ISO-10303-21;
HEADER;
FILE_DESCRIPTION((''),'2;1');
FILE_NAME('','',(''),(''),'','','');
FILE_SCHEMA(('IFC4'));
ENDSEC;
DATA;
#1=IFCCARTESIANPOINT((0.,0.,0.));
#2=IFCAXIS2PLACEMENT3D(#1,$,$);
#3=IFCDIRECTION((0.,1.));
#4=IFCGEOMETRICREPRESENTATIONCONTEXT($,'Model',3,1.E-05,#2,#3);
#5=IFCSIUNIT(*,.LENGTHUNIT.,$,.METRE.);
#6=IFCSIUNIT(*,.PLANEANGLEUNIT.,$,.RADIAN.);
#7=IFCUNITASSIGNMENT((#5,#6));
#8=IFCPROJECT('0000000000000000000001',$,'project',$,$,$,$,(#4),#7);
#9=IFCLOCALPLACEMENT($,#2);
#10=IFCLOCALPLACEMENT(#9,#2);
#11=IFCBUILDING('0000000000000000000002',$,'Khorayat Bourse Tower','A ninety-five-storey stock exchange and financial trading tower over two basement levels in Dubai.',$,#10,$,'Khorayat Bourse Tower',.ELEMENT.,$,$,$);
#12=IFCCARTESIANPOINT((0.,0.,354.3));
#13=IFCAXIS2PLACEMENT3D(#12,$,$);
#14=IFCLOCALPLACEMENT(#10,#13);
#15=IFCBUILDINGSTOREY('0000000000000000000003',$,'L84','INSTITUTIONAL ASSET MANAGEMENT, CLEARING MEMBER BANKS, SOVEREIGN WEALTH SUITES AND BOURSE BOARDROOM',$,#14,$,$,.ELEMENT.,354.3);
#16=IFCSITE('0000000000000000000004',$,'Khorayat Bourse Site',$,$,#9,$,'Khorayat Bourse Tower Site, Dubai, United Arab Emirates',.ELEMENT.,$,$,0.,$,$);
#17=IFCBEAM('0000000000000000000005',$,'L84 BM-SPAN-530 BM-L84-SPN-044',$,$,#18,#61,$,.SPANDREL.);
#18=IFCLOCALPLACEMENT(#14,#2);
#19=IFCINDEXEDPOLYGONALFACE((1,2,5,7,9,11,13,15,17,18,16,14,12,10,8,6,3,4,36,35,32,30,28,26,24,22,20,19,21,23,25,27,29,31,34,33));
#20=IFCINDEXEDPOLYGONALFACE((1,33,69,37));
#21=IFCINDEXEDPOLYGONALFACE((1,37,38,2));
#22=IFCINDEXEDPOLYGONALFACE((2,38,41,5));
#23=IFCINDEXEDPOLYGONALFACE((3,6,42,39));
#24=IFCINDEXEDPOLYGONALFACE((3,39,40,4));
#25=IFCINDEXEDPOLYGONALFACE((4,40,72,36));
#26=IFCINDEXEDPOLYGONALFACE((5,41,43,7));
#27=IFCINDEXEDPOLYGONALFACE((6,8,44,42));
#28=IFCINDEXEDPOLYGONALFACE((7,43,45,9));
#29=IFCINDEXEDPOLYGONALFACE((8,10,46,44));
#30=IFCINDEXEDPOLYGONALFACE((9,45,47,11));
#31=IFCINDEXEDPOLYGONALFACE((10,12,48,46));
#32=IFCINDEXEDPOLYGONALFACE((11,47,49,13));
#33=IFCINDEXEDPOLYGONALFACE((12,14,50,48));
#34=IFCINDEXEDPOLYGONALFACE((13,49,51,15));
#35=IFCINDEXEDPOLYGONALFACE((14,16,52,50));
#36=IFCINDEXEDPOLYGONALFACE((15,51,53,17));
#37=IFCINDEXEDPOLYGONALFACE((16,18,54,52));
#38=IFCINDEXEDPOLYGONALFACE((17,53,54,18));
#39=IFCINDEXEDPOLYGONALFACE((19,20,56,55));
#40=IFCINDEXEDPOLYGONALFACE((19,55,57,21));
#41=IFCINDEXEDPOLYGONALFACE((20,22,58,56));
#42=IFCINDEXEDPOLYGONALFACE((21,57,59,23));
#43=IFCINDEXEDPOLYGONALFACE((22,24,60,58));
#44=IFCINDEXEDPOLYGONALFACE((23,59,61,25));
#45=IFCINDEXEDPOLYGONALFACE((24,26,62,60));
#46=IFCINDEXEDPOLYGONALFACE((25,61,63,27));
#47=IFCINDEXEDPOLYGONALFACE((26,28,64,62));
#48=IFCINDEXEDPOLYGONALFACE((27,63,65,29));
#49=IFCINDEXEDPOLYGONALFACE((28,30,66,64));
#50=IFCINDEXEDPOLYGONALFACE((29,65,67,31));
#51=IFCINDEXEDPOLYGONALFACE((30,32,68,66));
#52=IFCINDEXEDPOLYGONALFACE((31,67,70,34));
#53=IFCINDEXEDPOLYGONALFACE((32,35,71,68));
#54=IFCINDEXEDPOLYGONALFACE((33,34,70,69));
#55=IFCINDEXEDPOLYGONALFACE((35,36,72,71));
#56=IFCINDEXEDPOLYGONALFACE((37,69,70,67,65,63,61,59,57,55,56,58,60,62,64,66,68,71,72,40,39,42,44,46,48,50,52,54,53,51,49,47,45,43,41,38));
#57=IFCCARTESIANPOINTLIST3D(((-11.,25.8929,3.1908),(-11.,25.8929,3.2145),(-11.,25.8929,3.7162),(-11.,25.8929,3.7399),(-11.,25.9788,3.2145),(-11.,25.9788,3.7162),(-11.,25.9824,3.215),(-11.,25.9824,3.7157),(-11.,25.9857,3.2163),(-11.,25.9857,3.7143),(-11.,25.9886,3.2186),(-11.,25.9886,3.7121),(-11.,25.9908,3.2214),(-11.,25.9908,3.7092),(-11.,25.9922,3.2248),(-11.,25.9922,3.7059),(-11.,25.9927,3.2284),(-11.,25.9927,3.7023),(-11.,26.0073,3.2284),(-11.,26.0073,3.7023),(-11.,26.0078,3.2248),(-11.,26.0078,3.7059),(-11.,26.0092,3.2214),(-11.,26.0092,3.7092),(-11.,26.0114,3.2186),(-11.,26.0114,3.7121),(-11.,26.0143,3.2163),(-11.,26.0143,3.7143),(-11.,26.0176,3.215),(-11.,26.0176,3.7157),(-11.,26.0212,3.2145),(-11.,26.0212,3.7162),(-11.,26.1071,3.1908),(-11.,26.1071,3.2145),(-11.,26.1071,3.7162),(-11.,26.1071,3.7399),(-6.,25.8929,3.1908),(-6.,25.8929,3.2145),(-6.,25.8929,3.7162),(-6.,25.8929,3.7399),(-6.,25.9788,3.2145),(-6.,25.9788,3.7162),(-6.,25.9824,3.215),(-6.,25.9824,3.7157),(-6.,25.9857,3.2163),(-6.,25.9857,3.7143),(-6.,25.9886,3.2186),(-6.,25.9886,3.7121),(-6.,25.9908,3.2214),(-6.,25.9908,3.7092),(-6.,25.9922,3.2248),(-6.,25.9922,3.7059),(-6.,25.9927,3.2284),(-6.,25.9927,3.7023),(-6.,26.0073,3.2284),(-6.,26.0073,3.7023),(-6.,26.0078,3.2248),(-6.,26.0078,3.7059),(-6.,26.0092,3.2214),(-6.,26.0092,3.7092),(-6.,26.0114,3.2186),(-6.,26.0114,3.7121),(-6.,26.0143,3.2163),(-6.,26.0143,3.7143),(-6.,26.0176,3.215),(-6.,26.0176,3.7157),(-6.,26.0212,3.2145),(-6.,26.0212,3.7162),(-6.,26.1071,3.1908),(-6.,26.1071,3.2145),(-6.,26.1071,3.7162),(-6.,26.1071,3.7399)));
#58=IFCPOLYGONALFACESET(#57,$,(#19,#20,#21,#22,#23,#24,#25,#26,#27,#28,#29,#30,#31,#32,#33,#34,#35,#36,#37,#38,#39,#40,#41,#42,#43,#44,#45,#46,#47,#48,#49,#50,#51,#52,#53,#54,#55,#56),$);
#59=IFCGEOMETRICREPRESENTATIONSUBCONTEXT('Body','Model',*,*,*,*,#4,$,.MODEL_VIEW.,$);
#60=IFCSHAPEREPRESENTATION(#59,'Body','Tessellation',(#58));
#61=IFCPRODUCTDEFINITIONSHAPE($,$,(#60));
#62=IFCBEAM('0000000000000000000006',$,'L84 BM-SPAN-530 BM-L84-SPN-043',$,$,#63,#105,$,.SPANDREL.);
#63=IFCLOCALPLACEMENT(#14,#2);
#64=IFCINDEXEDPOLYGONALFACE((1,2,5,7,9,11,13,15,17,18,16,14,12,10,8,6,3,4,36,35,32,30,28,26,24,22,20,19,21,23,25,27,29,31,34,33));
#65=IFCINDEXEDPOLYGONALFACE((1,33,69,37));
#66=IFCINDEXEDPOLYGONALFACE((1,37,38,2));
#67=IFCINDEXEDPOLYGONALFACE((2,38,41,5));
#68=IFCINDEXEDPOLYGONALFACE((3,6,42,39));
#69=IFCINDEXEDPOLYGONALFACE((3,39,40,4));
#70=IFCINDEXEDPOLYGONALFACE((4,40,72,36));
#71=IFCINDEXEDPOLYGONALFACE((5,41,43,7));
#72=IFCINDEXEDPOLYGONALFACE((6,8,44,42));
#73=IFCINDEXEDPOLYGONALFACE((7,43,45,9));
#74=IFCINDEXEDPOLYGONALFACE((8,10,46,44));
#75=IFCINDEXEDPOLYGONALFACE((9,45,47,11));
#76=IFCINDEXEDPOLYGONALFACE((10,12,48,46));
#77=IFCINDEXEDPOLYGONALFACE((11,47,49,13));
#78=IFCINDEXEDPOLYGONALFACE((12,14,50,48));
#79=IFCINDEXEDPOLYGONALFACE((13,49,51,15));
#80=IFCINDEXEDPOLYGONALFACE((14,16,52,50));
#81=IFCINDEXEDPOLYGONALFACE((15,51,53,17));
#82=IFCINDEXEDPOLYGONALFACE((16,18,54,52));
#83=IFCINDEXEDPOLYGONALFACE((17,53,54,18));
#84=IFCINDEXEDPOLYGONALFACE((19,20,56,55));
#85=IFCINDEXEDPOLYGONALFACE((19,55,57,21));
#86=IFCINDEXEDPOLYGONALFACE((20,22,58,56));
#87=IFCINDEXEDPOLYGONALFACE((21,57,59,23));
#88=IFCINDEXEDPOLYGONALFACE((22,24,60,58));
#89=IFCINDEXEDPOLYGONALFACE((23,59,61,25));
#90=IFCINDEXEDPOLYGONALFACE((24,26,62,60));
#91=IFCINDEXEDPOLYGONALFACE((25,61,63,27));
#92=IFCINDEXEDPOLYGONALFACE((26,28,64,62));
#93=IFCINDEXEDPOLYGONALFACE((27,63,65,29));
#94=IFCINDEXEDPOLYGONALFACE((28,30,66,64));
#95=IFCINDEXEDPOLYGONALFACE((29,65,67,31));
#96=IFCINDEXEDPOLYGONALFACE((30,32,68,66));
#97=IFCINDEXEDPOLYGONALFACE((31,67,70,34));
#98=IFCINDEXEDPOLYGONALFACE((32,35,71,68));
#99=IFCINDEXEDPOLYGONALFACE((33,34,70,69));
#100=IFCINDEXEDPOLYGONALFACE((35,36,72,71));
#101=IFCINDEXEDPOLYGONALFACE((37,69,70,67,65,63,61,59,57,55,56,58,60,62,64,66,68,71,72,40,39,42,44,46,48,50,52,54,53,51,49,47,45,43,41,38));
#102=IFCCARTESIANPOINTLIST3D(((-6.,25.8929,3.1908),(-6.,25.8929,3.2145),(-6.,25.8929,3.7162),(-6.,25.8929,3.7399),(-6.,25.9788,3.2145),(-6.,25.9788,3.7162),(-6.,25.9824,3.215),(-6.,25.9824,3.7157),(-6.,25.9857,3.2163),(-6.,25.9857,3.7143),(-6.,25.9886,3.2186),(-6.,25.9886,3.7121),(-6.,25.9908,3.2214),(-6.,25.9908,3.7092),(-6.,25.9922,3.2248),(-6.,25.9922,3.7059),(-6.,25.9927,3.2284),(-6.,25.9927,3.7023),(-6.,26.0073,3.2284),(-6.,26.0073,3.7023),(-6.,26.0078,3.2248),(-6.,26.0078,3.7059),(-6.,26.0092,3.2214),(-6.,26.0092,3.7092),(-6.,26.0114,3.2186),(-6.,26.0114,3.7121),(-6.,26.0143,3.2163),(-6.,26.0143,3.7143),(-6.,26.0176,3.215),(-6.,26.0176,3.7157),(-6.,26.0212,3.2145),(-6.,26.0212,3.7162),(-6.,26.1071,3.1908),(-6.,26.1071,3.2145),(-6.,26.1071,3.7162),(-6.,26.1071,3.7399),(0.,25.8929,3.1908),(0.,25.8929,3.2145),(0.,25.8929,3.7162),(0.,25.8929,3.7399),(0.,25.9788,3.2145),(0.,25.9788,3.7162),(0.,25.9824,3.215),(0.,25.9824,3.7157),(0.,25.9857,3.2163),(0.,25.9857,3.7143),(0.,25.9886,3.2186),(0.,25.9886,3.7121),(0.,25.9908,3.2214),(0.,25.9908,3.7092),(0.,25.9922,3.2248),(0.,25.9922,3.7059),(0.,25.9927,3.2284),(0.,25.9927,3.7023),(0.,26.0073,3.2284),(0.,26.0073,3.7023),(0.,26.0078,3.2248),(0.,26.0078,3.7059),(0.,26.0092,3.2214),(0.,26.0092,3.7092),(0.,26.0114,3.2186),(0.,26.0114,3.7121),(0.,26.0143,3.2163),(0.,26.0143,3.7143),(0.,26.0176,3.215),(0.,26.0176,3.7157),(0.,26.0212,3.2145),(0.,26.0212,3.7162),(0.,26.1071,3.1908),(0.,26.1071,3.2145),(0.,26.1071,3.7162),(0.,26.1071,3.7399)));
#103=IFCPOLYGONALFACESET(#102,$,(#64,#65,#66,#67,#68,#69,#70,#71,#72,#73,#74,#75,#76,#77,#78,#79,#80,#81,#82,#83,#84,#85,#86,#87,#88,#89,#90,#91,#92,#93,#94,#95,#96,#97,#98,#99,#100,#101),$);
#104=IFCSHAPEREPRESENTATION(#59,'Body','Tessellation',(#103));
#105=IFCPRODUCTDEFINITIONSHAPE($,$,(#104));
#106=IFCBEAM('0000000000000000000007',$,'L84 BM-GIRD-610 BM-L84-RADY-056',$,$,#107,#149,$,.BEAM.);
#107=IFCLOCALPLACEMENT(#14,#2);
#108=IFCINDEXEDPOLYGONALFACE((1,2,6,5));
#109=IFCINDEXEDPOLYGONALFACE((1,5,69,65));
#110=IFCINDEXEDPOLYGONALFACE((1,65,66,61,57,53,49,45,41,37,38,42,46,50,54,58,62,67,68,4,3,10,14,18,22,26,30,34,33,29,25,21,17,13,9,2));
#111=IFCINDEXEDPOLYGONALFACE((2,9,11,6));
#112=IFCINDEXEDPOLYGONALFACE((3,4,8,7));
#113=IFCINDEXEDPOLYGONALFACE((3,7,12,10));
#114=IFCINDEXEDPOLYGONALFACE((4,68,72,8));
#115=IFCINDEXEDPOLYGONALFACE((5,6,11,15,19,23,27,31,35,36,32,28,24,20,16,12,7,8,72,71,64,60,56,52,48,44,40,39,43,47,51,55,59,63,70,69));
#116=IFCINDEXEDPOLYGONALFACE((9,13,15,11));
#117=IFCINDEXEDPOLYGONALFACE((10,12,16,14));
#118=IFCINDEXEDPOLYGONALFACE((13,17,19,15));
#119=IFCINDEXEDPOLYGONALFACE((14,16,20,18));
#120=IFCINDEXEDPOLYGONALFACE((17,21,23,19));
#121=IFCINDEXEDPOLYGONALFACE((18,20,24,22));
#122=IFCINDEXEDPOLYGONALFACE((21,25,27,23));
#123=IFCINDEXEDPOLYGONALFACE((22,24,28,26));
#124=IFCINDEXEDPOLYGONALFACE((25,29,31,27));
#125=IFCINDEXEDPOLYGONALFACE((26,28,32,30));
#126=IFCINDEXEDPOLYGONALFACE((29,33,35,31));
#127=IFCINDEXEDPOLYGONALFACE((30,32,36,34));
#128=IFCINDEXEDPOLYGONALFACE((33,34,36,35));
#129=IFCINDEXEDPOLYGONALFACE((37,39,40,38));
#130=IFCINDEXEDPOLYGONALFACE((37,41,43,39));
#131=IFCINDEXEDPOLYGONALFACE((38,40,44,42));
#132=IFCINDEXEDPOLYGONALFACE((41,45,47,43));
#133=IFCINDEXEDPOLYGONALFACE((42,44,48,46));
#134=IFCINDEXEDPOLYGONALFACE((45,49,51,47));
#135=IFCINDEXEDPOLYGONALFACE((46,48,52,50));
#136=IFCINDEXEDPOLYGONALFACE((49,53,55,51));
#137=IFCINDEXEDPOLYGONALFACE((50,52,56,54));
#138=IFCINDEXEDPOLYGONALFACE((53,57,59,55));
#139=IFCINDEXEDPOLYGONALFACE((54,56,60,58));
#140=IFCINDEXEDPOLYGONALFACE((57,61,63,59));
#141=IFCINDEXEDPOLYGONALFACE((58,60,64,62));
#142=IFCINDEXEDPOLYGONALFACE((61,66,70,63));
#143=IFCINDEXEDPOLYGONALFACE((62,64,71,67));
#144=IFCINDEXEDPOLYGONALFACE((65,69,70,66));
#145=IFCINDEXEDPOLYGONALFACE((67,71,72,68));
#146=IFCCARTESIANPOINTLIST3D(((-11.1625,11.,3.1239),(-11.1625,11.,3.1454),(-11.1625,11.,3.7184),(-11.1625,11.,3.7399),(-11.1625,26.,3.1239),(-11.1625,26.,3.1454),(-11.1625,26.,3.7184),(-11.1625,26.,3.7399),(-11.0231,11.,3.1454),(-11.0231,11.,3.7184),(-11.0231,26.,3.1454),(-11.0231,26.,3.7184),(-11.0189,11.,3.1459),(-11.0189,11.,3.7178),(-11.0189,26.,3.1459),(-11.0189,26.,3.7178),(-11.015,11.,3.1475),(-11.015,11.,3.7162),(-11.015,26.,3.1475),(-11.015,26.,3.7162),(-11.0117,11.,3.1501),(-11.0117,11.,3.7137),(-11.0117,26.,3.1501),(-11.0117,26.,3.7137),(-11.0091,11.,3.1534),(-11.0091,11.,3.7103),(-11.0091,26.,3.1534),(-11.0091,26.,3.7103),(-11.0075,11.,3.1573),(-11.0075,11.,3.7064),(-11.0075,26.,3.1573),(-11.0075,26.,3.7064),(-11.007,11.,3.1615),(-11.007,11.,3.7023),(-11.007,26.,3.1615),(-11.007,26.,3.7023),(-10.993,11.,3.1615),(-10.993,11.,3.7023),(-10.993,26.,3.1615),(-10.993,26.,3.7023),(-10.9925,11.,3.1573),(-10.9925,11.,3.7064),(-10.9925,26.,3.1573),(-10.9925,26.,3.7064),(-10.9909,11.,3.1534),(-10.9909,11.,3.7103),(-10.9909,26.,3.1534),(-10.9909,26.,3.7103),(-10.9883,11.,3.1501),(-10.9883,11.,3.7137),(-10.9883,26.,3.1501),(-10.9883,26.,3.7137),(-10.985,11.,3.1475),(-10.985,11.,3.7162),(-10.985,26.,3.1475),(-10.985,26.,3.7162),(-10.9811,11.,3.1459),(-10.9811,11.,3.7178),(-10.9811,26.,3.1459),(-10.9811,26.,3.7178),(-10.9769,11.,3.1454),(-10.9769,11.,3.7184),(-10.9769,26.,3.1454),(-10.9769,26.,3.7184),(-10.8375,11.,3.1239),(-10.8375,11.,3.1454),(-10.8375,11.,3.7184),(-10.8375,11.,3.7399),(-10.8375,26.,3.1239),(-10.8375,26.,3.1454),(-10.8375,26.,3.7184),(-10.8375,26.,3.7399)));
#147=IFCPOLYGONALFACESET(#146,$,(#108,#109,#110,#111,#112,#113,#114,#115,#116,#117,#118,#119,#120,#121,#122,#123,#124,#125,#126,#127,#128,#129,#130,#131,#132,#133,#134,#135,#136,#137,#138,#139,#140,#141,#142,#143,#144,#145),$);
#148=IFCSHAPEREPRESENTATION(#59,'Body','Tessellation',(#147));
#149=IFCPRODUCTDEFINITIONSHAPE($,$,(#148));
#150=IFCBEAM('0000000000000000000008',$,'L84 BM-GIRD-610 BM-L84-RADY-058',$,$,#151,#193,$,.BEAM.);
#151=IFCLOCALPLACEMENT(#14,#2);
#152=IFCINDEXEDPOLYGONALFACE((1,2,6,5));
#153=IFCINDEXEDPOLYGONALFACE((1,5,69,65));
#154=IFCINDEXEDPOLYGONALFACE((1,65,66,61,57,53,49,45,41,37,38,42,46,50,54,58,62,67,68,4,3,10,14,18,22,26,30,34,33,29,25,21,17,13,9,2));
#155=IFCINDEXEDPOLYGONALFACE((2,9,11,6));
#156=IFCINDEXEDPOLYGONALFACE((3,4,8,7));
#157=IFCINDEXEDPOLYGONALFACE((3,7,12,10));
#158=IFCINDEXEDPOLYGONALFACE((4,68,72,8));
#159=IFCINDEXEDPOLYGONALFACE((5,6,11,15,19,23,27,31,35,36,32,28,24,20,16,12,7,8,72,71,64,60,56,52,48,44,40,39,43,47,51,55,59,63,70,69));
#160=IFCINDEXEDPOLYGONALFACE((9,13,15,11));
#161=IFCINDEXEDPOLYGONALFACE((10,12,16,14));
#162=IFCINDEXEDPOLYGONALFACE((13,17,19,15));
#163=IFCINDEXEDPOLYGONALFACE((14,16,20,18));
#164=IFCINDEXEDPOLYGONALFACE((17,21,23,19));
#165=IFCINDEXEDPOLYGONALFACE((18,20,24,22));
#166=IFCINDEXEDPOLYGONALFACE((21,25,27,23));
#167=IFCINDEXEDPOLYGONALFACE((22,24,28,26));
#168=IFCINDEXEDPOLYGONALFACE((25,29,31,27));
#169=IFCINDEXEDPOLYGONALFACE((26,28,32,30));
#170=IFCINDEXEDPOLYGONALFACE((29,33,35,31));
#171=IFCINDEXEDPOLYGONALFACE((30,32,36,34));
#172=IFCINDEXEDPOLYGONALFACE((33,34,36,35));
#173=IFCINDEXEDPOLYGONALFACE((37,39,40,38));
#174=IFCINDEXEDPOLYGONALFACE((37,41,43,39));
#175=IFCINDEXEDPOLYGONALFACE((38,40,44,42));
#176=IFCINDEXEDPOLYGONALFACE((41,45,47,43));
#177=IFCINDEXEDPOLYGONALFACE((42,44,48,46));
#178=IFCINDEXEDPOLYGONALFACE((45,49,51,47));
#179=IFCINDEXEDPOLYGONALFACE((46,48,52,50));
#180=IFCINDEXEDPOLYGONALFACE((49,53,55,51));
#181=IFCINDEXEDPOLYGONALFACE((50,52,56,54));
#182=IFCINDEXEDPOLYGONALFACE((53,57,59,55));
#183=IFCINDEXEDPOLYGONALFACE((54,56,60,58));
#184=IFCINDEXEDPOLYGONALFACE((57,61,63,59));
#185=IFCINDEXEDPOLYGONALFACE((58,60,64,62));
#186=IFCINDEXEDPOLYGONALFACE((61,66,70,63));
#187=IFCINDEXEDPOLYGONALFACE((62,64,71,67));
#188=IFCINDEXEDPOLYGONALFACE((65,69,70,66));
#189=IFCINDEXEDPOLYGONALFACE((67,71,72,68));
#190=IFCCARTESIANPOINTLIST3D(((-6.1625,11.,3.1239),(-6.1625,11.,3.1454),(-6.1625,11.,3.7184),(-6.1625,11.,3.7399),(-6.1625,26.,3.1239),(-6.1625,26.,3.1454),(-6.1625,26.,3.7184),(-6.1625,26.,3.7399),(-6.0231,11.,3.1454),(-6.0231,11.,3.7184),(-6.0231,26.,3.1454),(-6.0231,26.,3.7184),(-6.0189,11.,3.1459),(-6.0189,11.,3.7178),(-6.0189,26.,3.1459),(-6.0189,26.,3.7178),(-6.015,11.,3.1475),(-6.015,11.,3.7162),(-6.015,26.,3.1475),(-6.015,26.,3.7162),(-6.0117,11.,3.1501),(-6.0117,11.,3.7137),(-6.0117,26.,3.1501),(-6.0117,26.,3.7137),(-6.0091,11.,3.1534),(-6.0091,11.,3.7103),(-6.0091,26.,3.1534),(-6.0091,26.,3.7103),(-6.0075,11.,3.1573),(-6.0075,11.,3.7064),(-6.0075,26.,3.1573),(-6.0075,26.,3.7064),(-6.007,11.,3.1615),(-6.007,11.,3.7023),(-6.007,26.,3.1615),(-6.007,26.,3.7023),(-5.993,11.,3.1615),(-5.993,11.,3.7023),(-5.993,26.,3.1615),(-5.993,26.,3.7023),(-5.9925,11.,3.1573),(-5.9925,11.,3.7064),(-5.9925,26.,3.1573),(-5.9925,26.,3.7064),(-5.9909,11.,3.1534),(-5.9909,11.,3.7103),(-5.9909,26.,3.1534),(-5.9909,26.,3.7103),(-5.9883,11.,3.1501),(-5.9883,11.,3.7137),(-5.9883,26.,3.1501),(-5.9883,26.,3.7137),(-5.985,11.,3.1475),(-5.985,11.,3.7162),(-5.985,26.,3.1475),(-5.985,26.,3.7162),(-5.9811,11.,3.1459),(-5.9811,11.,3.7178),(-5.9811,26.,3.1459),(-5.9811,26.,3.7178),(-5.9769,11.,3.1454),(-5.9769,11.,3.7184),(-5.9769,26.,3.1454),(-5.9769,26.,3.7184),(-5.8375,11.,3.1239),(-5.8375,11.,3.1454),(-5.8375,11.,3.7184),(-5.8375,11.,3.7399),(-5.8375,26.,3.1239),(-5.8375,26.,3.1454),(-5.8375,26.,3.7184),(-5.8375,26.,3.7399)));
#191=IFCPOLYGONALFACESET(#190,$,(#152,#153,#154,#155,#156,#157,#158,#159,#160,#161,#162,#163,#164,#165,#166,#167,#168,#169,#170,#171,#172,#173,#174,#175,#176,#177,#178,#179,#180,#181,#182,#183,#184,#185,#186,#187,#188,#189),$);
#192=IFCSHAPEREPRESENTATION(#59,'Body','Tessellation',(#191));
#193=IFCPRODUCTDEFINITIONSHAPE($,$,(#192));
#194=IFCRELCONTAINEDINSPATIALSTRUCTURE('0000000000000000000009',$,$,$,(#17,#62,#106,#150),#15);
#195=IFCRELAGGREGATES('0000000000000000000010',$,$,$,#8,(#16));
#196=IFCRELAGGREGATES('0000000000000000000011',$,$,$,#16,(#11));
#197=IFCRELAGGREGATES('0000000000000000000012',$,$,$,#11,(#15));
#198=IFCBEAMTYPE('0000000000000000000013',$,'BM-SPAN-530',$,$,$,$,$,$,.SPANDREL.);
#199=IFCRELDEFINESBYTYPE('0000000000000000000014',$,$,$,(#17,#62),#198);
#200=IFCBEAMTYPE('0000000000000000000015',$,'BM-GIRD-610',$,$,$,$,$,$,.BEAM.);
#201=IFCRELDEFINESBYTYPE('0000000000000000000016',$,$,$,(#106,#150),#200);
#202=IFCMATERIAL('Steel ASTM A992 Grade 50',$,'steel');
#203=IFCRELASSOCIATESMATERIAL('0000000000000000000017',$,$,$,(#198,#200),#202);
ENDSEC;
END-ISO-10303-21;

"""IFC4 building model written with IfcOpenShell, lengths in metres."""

from ifc_helpers import new_model, si_unit, direction, frame, origin, origin_2d, place, context, subcontext, project, spatial, i_section, extrude, source, transform, mapped, material, material_profile, profile_set, type_object, element, save


model = new_model("IFC4")

# Units and contexts
model_context = context("Model", 3, precision=1e-05, world=origin(), true_north=direction((0.0, 1.0)))
body_context = subcontext(model_context, "Body", "Model", "MODEL_VIEW")
ifc_project = project(units=[si_unit("LENGTHUNIT", "METRE"), si_unit("PLANEANGLEUNIT", "RADIAN")], contexts=[model_context])

# Site, building, storey
site_placement = place(None, origin())
site = spatial("IfcSite", under=ifc_project, at=site_placement, Name="Khorayat Bourse Site", LongName="Khorayat Bourse Tower Site, Dubai, United Arab Emirates", CompositionType="ELEMENT", RefElevation=0.0)
building_placement = place(site_placement, origin())
building = spatial("IfcBuilding", under=site, at=building_placement, Name="Khorayat Bourse Tower", Description="A ninety-five-storey stock exchange and financial trading tower over two basement levels in Dubai.", LongName="Khorayat Bourse Tower", CompositionType="ELEMENT")
storey_placement = place(building_placement, frame((0.0, 0.0, 354.3)))
storey = spatial("IfcBuildingStorey", under=building, at=storey_placement, Name="L84", Description="INSTITUTIONAL ASSET MANAGEMENT, CLEARING MEMBER BANKS, SOVEREIGN WEALTH SUITES AND BOURSE BOARDROOM", CompositionType="ELEMENT", Elevation=354.3)

# Beams
ifc_material_1 = material(Name="Steel ASTM A992 Grade 50", Category="steel")
ifc_material_profile_1 = material_profile(ifc_material_1, i_section(OverallWidth=0.2141, OverallDepth=0.5491, WebThickness=0.0146, FlangeThickness=0.0237, FilletRadius=0.0139, at=origin_2d()), Name="W530X138")
ifc_profile_set_1 = profile_set([ifc_material_profile_1], Name="Steel ASTM A992 Grade 50")
beam_type_1 = type_object("IfcBeamType", Name="BM-SPAN-530", PredefinedType="SPANDREL", material=ifc_profile_set_1)
shared_shape_1 = source(origin(), body_context, "Body", "SweptSolid", [
    extrude(i_section(OverallWidth=0.2141, OverallDepth=0.5491, WebThickness=0.0146, FlangeThickness=0.0237, FilletRadius=0.0139, at=origin_2d()), origin(), (0.0, 0.0, 1.0), 5.0),
])
beam_1_placement = place(storey_placement, frame((-11.0, 26.0, 3.4653), z_axis=(1.0, 0.0, 0.0), x_axis=(0.0, 1.0, 0.0)))
element("IfcBeam", 1, at=beam_1_placement, inside=storey, type_object=beam_type_1, Name="L84 BM-SPAN-530 BM-L84-SPN-044", PredefinedType="SPANDREL", context=body_context, shape_type="MappedRepresentation", body=[
    mapped(shared_shape_1, transform((0.0, 0.0, 0.0), scale=1.0)),
])
shared_shape_2 = source(origin(), body_context, "Body", "SweptSolid", [
    extrude(i_section(OverallWidth=0.2141, OverallDepth=0.5491, WebThickness=0.0146, FlangeThickness=0.0237, FilletRadius=0.0139, at=origin_2d()), origin(), (0.0, 0.0, 1.0), 6.0),
])
beam_2_placement = place(storey_placement, frame((-6.0, 26.0, 3.4653), z_axis=(1.0, 0.0, 0.0), x_axis=(0.0, 1.0, 0.0)))
element("IfcBeam", 2, at=beam_2_placement, inside=storey, type_object=beam_type_1, Name="L84 BM-SPAN-530 BM-L84-SPN-043", PredefinedType="SPANDREL", context=body_context, shape_type="MappedRepresentation", body=[
    mapped(shared_shape_2, transform((0.0, 0.0, 0.0), scale=1.0)),
])
ifc_material_profile_2 = material_profile(ifc_material_1, i_section(OverallWidth=0.325, OverallDepth=0.616, WebThickness=0.0139, FlangeThickness=0.0215, FilletRadius=0.0161, at=origin_2d()), Name="W610X174")
ifc_profile_set_2 = profile_set([ifc_material_profile_2], Name="Steel ASTM A992 Grade 50")
beam_type_2 = type_object("IfcBeamType", Name="BM-GIRD-610", PredefinedType="BEAM", material=ifc_profile_set_2)
shared_shape_3 = source(origin(), body_context, "Body", "SweptSolid", [
    extrude(i_section(OverallWidth=0.325, OverallDepth=0.616, WebThickness=0.0139, FlangeThickness=0.0215, FilletRadius=0.0161, at=origin_2d()), origin(), (0.0, 0.0, 1.0), 15.0),
])
for number, where, z_axis, x_axis, name in (
    (3, (-11.0, 11.0, 3.4319), (0.0, 1.0, 0.0), (-1.0, 0.0, 0.0), "L84 BM-GIRD-610 BM-L84-RADY-056"),
    (4, (-6.0, 11.0, 3.4319), (0.0, 1.0, 0.0), (-1.0, 0.0, 0.0), "L84 BM-GIRD-610 BM-L84-RADY-058"),
):
    element("IfcBeam", number, at=place(storey_placement, frame(where, z_axis=z_axis, x_axis=x_axis)), inside=storey, type_object=beam_type_2, Name=name, PredefinedType="BEAM", context=body_context, shape_type="MappedRepresentation", body=[
        mapped(shared_shape_3, transform((0.0, 0.0, 0.0), scale=1.0)),
    ])

save(model, "model.ifc")
